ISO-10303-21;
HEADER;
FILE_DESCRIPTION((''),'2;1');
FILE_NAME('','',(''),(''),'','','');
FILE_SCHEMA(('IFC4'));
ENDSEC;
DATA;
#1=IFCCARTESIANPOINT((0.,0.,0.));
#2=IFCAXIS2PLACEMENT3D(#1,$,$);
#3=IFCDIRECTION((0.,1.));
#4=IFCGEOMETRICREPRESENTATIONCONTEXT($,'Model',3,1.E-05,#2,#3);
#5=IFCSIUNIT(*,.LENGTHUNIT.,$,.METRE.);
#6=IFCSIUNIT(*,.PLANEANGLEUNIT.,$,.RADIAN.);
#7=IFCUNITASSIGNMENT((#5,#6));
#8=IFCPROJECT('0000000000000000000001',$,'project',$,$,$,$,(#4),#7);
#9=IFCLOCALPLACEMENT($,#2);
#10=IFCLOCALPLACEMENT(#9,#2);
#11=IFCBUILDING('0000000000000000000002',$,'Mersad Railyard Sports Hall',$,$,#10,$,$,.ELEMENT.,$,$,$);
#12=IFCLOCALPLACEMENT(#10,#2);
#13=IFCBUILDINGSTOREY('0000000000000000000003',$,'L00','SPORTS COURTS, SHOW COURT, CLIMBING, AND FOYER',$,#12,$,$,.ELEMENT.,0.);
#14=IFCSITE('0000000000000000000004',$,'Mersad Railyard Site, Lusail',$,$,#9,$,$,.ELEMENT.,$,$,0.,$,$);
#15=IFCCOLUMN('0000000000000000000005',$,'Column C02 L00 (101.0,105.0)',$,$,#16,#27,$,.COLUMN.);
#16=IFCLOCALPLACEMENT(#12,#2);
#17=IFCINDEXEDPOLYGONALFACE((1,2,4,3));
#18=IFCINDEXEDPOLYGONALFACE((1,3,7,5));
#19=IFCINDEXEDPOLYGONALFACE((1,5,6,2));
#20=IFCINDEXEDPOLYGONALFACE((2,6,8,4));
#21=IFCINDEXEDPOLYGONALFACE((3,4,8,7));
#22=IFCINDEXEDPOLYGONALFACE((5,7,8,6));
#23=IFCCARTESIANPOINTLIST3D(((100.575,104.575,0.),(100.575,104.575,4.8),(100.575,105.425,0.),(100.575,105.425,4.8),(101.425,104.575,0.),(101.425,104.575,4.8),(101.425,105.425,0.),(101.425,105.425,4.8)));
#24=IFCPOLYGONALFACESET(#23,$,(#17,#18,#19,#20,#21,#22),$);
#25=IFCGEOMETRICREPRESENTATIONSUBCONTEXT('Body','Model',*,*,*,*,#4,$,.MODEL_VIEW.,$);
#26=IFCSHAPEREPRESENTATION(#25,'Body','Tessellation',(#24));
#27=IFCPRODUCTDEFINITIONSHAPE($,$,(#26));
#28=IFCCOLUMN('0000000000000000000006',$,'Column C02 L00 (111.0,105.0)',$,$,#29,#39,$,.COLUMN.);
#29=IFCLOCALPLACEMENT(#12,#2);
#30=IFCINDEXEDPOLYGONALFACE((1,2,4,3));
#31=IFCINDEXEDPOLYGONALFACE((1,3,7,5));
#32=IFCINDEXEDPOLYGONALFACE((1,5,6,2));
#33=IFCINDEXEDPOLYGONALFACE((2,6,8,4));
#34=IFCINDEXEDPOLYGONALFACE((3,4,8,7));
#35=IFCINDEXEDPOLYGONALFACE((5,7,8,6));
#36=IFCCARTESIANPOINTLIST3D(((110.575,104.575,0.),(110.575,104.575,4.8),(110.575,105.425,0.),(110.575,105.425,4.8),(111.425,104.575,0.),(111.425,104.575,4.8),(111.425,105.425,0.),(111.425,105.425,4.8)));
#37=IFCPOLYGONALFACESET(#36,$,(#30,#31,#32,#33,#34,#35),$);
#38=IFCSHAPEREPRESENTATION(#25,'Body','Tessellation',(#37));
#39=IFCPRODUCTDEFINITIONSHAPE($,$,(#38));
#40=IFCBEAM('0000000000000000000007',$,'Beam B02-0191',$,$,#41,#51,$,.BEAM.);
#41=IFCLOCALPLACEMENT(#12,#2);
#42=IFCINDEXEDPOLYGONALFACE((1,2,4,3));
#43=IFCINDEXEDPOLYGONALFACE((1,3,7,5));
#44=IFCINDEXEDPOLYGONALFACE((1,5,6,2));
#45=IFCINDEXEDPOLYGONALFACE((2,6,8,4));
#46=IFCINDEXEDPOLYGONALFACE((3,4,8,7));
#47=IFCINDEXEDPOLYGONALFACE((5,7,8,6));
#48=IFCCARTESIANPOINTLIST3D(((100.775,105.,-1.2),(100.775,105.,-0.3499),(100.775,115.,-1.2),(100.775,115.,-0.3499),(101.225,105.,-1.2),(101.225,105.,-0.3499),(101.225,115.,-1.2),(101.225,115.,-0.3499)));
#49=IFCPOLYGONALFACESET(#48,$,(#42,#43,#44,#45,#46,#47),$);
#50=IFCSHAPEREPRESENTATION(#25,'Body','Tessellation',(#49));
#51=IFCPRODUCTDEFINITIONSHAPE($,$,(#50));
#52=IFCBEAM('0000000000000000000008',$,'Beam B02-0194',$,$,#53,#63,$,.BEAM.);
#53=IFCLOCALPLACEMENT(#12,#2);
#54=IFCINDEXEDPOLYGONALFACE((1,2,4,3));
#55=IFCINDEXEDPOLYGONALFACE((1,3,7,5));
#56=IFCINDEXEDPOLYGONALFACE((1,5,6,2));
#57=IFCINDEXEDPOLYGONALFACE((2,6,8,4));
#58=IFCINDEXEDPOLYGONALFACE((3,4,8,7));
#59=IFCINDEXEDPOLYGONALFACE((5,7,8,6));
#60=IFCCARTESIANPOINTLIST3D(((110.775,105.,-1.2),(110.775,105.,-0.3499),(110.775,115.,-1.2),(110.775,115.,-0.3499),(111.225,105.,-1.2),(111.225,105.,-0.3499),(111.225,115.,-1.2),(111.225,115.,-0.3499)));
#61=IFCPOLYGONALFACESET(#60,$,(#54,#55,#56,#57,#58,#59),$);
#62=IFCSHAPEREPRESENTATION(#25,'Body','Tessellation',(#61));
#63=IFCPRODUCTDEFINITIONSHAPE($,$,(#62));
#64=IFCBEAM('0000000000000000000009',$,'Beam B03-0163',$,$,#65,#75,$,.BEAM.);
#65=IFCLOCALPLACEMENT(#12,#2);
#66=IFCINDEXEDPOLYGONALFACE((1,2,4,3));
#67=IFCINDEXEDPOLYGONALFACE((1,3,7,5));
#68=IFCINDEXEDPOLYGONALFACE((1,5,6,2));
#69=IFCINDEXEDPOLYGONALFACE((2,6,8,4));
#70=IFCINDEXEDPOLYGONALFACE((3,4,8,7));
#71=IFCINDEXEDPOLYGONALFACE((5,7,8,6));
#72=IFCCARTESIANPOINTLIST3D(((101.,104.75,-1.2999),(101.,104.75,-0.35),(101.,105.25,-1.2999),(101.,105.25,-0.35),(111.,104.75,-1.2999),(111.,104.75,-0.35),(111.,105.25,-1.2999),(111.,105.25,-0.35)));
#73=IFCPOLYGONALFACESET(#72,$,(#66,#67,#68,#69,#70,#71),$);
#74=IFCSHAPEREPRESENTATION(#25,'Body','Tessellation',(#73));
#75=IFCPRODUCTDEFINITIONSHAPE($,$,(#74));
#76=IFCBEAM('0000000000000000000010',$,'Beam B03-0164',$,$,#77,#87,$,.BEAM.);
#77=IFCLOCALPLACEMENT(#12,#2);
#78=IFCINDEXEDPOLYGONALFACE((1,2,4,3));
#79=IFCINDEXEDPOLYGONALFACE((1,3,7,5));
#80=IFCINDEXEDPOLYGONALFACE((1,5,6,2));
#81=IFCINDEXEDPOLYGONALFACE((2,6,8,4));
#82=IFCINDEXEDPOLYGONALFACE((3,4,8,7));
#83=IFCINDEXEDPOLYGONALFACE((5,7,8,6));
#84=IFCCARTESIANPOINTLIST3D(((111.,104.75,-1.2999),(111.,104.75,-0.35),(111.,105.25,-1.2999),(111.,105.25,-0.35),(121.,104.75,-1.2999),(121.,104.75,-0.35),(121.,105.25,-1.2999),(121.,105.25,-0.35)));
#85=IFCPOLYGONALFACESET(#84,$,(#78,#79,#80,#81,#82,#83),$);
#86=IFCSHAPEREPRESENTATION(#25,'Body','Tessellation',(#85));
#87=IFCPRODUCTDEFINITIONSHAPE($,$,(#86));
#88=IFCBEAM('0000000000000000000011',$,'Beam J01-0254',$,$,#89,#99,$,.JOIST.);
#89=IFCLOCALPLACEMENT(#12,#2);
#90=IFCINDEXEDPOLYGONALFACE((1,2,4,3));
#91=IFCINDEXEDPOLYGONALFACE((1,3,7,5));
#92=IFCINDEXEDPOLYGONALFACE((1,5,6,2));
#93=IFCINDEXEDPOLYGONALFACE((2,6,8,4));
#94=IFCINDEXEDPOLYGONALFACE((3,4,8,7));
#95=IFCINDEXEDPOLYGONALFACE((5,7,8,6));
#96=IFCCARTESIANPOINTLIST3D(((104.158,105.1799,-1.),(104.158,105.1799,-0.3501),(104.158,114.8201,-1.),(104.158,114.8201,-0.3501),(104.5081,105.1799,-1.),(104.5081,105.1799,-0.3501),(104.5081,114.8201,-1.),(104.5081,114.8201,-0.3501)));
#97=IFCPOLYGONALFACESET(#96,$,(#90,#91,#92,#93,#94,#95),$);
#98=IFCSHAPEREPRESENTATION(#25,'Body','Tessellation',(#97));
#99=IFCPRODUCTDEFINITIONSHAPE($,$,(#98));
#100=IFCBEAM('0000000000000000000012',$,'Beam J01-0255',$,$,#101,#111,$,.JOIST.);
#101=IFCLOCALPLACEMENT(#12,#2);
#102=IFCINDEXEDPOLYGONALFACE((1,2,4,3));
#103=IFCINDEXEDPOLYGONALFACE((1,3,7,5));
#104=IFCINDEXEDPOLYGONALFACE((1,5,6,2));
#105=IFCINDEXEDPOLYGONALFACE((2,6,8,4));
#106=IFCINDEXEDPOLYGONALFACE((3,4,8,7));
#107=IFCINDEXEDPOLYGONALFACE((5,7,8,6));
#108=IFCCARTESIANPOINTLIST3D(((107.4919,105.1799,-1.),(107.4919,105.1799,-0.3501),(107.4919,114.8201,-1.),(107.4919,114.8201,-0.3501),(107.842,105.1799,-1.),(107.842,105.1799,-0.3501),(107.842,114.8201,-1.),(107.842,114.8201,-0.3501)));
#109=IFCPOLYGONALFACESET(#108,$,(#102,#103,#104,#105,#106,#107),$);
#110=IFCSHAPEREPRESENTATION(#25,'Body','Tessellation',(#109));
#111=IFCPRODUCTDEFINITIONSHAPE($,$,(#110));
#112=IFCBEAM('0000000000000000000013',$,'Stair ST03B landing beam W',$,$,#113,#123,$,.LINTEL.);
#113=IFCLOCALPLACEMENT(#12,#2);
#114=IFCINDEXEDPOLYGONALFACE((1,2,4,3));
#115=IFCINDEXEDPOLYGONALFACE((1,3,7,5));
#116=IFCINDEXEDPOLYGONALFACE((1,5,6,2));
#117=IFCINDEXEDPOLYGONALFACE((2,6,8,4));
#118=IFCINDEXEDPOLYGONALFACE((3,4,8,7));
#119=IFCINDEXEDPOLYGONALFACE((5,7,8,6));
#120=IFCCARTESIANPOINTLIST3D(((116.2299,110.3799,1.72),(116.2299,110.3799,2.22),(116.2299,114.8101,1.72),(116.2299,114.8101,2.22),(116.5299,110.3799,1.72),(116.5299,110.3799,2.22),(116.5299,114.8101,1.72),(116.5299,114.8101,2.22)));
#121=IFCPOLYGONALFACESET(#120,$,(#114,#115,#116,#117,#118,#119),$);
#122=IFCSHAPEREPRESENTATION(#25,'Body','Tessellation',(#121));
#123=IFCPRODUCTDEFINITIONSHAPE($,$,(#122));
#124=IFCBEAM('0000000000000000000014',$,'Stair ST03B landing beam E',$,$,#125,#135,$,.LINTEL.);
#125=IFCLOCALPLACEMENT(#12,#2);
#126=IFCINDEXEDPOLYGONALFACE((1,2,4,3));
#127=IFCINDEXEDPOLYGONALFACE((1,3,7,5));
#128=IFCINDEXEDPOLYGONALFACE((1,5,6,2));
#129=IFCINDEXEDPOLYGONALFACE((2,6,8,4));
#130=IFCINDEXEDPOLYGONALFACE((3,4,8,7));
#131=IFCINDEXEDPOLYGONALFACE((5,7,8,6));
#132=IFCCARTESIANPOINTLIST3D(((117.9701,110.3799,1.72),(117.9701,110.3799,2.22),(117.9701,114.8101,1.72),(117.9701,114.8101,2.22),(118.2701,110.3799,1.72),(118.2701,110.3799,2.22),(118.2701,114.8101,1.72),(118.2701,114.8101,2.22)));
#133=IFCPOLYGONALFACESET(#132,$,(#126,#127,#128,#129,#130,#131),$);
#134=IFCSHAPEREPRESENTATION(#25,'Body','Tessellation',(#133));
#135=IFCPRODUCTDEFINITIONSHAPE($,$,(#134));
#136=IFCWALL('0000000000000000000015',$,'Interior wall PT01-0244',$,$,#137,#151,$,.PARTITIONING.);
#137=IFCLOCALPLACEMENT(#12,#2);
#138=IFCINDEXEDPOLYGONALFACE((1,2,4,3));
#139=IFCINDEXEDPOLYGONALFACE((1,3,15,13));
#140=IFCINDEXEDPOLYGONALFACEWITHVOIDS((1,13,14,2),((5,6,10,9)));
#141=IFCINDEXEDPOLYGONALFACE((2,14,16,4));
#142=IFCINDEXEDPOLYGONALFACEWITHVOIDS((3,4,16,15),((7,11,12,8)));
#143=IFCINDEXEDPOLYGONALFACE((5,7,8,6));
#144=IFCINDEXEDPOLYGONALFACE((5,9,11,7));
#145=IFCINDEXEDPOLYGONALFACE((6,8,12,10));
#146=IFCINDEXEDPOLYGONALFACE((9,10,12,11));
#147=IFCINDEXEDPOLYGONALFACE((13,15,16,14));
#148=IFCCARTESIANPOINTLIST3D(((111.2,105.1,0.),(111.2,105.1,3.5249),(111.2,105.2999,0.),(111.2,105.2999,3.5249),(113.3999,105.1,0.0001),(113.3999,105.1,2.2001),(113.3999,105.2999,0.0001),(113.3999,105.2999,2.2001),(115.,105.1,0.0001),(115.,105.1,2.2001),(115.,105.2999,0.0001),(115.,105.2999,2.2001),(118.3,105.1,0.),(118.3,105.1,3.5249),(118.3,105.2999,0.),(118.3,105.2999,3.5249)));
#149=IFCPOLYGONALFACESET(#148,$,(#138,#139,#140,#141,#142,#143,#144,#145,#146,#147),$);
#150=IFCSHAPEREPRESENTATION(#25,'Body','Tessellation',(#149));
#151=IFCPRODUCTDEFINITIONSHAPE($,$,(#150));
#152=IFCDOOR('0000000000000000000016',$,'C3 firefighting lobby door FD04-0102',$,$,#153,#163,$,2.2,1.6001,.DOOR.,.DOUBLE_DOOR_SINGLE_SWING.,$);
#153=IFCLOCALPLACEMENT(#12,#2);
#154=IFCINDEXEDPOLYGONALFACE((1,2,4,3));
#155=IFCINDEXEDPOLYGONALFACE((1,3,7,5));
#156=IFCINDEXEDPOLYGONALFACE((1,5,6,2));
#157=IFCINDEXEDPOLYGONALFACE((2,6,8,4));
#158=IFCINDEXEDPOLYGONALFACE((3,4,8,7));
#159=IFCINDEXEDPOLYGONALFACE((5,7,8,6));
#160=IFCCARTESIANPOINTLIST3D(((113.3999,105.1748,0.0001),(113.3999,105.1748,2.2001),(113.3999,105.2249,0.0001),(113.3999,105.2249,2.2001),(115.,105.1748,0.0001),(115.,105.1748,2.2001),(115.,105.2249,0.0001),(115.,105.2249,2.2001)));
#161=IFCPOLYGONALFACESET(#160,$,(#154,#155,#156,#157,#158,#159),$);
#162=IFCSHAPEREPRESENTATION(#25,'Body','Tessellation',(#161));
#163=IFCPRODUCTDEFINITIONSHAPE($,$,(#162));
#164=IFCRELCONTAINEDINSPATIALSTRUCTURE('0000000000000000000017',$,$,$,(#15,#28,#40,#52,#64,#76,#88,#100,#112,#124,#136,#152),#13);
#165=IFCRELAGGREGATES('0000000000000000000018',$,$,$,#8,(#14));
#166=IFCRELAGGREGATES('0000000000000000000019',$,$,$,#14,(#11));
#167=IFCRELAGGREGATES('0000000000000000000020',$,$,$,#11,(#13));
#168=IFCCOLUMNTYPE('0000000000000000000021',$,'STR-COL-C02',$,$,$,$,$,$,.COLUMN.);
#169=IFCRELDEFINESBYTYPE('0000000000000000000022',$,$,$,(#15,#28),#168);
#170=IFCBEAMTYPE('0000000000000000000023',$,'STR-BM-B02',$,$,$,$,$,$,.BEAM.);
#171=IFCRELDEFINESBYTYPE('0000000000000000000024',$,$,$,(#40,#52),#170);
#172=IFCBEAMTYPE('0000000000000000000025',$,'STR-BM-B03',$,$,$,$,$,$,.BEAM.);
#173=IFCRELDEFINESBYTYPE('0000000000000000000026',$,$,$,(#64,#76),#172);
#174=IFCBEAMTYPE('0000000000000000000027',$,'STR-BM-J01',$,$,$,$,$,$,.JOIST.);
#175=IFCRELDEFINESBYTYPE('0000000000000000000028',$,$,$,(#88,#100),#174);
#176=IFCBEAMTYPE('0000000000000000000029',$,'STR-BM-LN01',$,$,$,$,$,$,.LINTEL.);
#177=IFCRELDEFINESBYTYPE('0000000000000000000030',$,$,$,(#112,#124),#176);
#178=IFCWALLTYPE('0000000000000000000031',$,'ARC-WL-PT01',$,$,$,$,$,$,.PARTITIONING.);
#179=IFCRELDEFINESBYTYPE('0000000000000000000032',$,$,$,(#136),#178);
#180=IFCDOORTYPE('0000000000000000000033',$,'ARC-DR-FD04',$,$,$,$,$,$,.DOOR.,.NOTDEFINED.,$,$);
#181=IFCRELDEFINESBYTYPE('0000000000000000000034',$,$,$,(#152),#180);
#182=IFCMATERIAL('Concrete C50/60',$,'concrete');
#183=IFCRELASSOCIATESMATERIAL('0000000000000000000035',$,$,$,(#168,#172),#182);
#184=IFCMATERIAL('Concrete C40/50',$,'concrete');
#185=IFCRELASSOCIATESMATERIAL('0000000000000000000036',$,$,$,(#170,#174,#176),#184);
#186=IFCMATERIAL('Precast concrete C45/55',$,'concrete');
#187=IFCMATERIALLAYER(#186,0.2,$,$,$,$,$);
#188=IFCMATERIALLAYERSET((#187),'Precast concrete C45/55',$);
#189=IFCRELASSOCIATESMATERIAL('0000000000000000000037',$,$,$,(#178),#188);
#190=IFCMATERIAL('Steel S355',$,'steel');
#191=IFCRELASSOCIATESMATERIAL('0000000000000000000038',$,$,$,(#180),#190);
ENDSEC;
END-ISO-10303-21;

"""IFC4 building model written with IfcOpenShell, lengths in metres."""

from ifc_helpers import new_model, si_unit, direction, frame, frame_2d, origin, origin_2d, place, context, subcontext, project, spatial, rectangle, extrude, material, layer, layer_set, material_profile, profile_set, type_object, element, fill, save


model = new_model("IFC4")

# Units and contexts
model_context = context("Model", 3, precision=1e-05, world=origin(), true_north=direction((0.0, 1.0)))
body_context = subcontext(model_context, "Body", "Model", "MODEL_VIEW")
ifc_project = project(units=[si_unit("LENGTHUNIT", "METRE"), si_unit("PLANEANGLEUNIT", "RADIAN")], contexts=[model_context])

# Site, building, storey
site_placement = place(None, origin())
site = spatial("IfcSite", under=ifc_project, at=site_placement, Name="Mersad Railyard Site, Lusail", CompositionType="ELEMENT", RefElevation=0.0)
building_placement = place(site_placement, origin())
building = spatial("IfcBuilding", under=site, at=building_placement, Name="Mersad Railyard Sports Hall", CompositionType="ELEMENT")
storey_placement = place(building_placement, origin())
storey = spatial("IfcBuildingStorey", under=building, at=storey_placement, Name="L00", Description="SPORTS COURTS, SHOW COURT, CLIMBING, AND FOYER", CompositionType="ELEMENT", Elevation=0.0)

# Columns
ifc_material_1 = material(Name="Concrete C50/60", Category="concrete")
ifc_material_profile_1 = material_profile(ifc_material_1, rectangle(XDim=0.8501, YDim=0.8501, at=origin_2d()), Name="RC 850x850")
ifc_profile_set_1 = profile_set([ifc_material_profile_1], Name="Concrete C50/60")
column_type = type_object("IfcColumnType", Name="STR-COL-C02", PredefinedType="COLUMN", material=ifc_profile_set_1)
for number, where, z_axis, x_axis, name in (
    (1, (101.0, 105.0, 0.0), (0.0, 0.0, 1.0), (1.0, 0.0, 0.0), "Column C02 L00 (101.0,105.0)"),
    (2, (111.0, 105.0, 0.0), (0.0, 0.0, 1.0), (1.0, 0.0, 0.0), "Column C02 L00 (111.0,105.0)"),
):
    element("IfcColumn", number, at=place(storey_placement, frame(where, z_axis=z_axis, x_axis=x_axis)), inside=storey, type_object=column_type, Name=name, PredefinedType="COLUMN", context=body_context, shape_type="SweptSolid", body=[
        extrude(rectangle(XDim=0.8501, YDim=0.8501, at=origin_2d()), origin(), (0.0, 0.0, 1.0), 4.8),
    ])

# Beams
ifc_material_2 = material(Name="Concrete C40/50", Category="concrete")
ifc_material_profile_2 = material_profile(ifc_material_2, rectangle(XDim=0.45, YDim=0.8501, at=origin_2d()), Name="RC 450x850")
ifc_profile_set_2 = profile_set([ifc_material_profile_2], Name="Concrete C40/50")
beam_type_1 = type_object("IfcBeamType", Name="STR-BM-B02", PredefinedType="BEAM", material=ifc_profile_set_2)
for number, where, z_axis, x_axis, name in (
    (3, (101.0, 105.0, -0.7749), (0.0, 1.0, 0.0), (-1.0, 0.0, 0.0), "Beam B02-0191"),
    (4, (111.0, 105.0, -0.7749), (0.0, 1.0, 0.0), (-1.0, 0.0, 0.0), "Beam B02-0194"),
):
    element("IfcBeam", number, at=place(storey_placement, frame(where, z_axis=z_axis, x_axis=x_axis)), inside=storey, type_object=beam_type_1, Name=name, PredefinedType="BEAM", context=body_context, shape_type="SweptSolid", body=[
        extrude(rectangle(XDim=0.45, YDim=0.8501, at=origin_2d()), origin(), (0.0, 0.0, 1.0), 10.0),
    ])
ifc_material_profile_3 = material_profile(ifc_material_1, rectangle(XDim=0.5, YDim=0.95, at=origin_2d()), Name="RC 500x950")
ifc_profile_set_3 = profile_set([ifc_material_profile_3], Name="Concrete C50/60")
beam_type_2 = type_object("IfcBeamType", Name="STR-BM-B03", PredefinedType="BEAM", material=ifc_profile_set_3)
for number, where, z_axis, x_axis, name in (
    (5, (101.0, 105.0, -0.825), (1.0, 0.0, 0.0), (0.0, 1.0, 0.0), "Beam B03-0163"),
    (6, (111.0, 105.0, -0.825), (1.0, 0.0, 0.0), (0.0, 1.0, 0.0), "Beam B03-0164"),
):
    element("IfcBeam", number, at=place(storey_placement, frame(where, z_axis=z_axis, x_axis=x_axis)), inside=storey, type_object=beam_type_2, Name=name, PredefinedType="BEAM", context=body_context, shape_type="SweptSolid", body=[
        extrude(rectangle(XDim=0.5, YDim=0.95, at=origin_2d()), origin(), (0.0, 0.0, 1.0), 10.0),
    ])
ifc_material_profile_4 = material_profile(ifc_material_2, rectangle(XDim=0.3501, YDim=0.6499, at=origin_2d()), Name="RC 350x650")
ifc_profile_set_4 = profile_set([ifc_material_profile_4], Name="Concrete C40/50")
beam_type_3 = type_object("IfcBeamType", Name="STR-BM-J01", PredefinedType="JOIST", material=ifc_profile_set_4)
for number, where, z_axis, x_axis, name in (
    (7, (104.333, 105.1799, -0.675), (0.0, 1.0, 0.0), (-1.0, 0.0, 0.0), "Beam J01-0254"),
    (8, (107.667, 105.1799, -0.675), (0.0, 1.0, 0.0), (-1.0, 0.0, 0.0), "Beam J01-0255"),
):
    element("IfcBeam", number, at=place(storey_placement, frame(where, z_axis=z_axis, x_axis=x_axis)), inside=storey, type_object=beam_type_3, Name=name, PredefinedType="JOIST", context=body_context, shape_type="SweptSolid", body=[
        extrude(rectangle(XDim=0.3501, YDim=0.6499, at=origin_2d()), origin(), (0.0, 0.0, 1.0), 9.6401),
    ])
ifc_material_profile_5 = material_profile(ifc_material_2, rectangle(XDim=0.3, YDim=0.5, at=origin_2d()), Name="RC 300x500")
ifc_profile_set_5 = profile_set([ifc_material_profile_5], Name="Concrete C40/50")
beam_type_4 = type_object("IfcBeamType", Name="STR-BM-LN01", PredefinedType="LINTEL", material=ifc_profile_set_5)
for number, where, z_axis, x_axis, name in (
    (9, (116.3799, 110.3799, 1.97), (0.0, 1.0, 0.0), (-1.0, 0.0, 0.0), "Stair ST03B landing beam W"),
    (10, (118.1201, 110.3799, 1.97), (0.0, 1.0, 0.0), (-1.0, 0.0, 0.0), "Stair ST03B landing beam E"),
):
    element("IfcBeam", number, at=place(storey_placement, frame(where, z_axis=z_axis, x_axis=x_axis)), inside=storey, type_object=beam_type_4, Name=name, PredefinedType="LINTEL", context=body_context, shape_type="SweptSolid", body=[
        extrude(rectangle(XDim=0.3, YDim=0.5, at=origin_2d()), origin(), (0.0, 0.0, 1.0), 4.4302),
    ])

# Wall, opening, door
ifc_material_3 = material(Name="Precast concrete C45/55", Category="concrete")
ifc_layer_1 = layer(ifc_material_3, 0.2)
ifc_layer_set_1 = layer_set([ifc_layer_1], Name="Precast concrete C45/55")
wall_type_1 = type_object("IfcWallType", Name="ARC-WL-PT01", PredefinedType="PARTITIONING", material=ifc_layer_set_1)
wall_1_placement = place(storey_placement, frame((111.2, 105.2, 0.0), z_axis=(0.0, 0.0, 1.0), x_axis=(1.0, 0.0, 0.0)))
wall_1 = element("IfcWall", 11, at=wall_1_placement, inside=storey, type_object=wall_type_1, Name="Interior wall PT01-0244", PredefinedType="PARTITIONING", context=body_context, shape_type="SweptSolid", body=[
    extrude(rectangle(XDim=7.1001, YDim=0.2, at=frame_2d((3.55, 0.0))), origin(), (0.0, 0.0, 1.0), 3.5249),
])
opening_1_placement = place(wall_1_placement, frame((2.2, 0.0, 0.0)))
opening_1 = element("IfcOpeningElement", 12, at=opening_1_placement, cuts=wall_1, PredefinedType="OPENING", context=body_context, shape_type="SweptSolid", body=[
    extrude(rectangle(XDim=1.6001, YDim=2.2, at=frame_2d((0.8, 1.1001))), frame((0.0, 0.1099, 0.0), z_axis=(0.0, -1.0, 0.0), x_axis=(1.0, 0.0, 0.0)), (0.0, 0.0, 1.0), 0.22),
])
ifc_material_4 = material(Name="Steel S355", Category="steel")
door_type_1 = type_object("IfcDoorType", Name="ARC-DR-FD04", OperationType="NOTDEFINED", PredefinedType="DOOR", material=ifc_material_4)
door_1_placement = place(opening_1_placement, origin())
door_1 = element("IfcDoor", 13, at=door_1_placement, inside=storey, type_object=door_type_1, Name="C3 firefighting lobby door FD04-0102", OperationType="DOUBLE_DOOR_SINGLE_SWING", OverallHeight=2.2, OverallWidth=1.6001, PredefinedType="DOOR", context=body_context, shape_type="SweptSolid", body=[
    extrude(rectangle(XDim=1.6001, YDim=2.2, at=frame_2d((0.8, 1.1001))), frame((0.0, 0.0249, 0.0), z_axis=(0.0, -1.0, 0.0), x_axis=(1.0, 0.0, 0.0)), (0.0, 0.0, 1.0), 0.05),
])
fill(opening_1, door_1)

save(model, "model.ifc")
